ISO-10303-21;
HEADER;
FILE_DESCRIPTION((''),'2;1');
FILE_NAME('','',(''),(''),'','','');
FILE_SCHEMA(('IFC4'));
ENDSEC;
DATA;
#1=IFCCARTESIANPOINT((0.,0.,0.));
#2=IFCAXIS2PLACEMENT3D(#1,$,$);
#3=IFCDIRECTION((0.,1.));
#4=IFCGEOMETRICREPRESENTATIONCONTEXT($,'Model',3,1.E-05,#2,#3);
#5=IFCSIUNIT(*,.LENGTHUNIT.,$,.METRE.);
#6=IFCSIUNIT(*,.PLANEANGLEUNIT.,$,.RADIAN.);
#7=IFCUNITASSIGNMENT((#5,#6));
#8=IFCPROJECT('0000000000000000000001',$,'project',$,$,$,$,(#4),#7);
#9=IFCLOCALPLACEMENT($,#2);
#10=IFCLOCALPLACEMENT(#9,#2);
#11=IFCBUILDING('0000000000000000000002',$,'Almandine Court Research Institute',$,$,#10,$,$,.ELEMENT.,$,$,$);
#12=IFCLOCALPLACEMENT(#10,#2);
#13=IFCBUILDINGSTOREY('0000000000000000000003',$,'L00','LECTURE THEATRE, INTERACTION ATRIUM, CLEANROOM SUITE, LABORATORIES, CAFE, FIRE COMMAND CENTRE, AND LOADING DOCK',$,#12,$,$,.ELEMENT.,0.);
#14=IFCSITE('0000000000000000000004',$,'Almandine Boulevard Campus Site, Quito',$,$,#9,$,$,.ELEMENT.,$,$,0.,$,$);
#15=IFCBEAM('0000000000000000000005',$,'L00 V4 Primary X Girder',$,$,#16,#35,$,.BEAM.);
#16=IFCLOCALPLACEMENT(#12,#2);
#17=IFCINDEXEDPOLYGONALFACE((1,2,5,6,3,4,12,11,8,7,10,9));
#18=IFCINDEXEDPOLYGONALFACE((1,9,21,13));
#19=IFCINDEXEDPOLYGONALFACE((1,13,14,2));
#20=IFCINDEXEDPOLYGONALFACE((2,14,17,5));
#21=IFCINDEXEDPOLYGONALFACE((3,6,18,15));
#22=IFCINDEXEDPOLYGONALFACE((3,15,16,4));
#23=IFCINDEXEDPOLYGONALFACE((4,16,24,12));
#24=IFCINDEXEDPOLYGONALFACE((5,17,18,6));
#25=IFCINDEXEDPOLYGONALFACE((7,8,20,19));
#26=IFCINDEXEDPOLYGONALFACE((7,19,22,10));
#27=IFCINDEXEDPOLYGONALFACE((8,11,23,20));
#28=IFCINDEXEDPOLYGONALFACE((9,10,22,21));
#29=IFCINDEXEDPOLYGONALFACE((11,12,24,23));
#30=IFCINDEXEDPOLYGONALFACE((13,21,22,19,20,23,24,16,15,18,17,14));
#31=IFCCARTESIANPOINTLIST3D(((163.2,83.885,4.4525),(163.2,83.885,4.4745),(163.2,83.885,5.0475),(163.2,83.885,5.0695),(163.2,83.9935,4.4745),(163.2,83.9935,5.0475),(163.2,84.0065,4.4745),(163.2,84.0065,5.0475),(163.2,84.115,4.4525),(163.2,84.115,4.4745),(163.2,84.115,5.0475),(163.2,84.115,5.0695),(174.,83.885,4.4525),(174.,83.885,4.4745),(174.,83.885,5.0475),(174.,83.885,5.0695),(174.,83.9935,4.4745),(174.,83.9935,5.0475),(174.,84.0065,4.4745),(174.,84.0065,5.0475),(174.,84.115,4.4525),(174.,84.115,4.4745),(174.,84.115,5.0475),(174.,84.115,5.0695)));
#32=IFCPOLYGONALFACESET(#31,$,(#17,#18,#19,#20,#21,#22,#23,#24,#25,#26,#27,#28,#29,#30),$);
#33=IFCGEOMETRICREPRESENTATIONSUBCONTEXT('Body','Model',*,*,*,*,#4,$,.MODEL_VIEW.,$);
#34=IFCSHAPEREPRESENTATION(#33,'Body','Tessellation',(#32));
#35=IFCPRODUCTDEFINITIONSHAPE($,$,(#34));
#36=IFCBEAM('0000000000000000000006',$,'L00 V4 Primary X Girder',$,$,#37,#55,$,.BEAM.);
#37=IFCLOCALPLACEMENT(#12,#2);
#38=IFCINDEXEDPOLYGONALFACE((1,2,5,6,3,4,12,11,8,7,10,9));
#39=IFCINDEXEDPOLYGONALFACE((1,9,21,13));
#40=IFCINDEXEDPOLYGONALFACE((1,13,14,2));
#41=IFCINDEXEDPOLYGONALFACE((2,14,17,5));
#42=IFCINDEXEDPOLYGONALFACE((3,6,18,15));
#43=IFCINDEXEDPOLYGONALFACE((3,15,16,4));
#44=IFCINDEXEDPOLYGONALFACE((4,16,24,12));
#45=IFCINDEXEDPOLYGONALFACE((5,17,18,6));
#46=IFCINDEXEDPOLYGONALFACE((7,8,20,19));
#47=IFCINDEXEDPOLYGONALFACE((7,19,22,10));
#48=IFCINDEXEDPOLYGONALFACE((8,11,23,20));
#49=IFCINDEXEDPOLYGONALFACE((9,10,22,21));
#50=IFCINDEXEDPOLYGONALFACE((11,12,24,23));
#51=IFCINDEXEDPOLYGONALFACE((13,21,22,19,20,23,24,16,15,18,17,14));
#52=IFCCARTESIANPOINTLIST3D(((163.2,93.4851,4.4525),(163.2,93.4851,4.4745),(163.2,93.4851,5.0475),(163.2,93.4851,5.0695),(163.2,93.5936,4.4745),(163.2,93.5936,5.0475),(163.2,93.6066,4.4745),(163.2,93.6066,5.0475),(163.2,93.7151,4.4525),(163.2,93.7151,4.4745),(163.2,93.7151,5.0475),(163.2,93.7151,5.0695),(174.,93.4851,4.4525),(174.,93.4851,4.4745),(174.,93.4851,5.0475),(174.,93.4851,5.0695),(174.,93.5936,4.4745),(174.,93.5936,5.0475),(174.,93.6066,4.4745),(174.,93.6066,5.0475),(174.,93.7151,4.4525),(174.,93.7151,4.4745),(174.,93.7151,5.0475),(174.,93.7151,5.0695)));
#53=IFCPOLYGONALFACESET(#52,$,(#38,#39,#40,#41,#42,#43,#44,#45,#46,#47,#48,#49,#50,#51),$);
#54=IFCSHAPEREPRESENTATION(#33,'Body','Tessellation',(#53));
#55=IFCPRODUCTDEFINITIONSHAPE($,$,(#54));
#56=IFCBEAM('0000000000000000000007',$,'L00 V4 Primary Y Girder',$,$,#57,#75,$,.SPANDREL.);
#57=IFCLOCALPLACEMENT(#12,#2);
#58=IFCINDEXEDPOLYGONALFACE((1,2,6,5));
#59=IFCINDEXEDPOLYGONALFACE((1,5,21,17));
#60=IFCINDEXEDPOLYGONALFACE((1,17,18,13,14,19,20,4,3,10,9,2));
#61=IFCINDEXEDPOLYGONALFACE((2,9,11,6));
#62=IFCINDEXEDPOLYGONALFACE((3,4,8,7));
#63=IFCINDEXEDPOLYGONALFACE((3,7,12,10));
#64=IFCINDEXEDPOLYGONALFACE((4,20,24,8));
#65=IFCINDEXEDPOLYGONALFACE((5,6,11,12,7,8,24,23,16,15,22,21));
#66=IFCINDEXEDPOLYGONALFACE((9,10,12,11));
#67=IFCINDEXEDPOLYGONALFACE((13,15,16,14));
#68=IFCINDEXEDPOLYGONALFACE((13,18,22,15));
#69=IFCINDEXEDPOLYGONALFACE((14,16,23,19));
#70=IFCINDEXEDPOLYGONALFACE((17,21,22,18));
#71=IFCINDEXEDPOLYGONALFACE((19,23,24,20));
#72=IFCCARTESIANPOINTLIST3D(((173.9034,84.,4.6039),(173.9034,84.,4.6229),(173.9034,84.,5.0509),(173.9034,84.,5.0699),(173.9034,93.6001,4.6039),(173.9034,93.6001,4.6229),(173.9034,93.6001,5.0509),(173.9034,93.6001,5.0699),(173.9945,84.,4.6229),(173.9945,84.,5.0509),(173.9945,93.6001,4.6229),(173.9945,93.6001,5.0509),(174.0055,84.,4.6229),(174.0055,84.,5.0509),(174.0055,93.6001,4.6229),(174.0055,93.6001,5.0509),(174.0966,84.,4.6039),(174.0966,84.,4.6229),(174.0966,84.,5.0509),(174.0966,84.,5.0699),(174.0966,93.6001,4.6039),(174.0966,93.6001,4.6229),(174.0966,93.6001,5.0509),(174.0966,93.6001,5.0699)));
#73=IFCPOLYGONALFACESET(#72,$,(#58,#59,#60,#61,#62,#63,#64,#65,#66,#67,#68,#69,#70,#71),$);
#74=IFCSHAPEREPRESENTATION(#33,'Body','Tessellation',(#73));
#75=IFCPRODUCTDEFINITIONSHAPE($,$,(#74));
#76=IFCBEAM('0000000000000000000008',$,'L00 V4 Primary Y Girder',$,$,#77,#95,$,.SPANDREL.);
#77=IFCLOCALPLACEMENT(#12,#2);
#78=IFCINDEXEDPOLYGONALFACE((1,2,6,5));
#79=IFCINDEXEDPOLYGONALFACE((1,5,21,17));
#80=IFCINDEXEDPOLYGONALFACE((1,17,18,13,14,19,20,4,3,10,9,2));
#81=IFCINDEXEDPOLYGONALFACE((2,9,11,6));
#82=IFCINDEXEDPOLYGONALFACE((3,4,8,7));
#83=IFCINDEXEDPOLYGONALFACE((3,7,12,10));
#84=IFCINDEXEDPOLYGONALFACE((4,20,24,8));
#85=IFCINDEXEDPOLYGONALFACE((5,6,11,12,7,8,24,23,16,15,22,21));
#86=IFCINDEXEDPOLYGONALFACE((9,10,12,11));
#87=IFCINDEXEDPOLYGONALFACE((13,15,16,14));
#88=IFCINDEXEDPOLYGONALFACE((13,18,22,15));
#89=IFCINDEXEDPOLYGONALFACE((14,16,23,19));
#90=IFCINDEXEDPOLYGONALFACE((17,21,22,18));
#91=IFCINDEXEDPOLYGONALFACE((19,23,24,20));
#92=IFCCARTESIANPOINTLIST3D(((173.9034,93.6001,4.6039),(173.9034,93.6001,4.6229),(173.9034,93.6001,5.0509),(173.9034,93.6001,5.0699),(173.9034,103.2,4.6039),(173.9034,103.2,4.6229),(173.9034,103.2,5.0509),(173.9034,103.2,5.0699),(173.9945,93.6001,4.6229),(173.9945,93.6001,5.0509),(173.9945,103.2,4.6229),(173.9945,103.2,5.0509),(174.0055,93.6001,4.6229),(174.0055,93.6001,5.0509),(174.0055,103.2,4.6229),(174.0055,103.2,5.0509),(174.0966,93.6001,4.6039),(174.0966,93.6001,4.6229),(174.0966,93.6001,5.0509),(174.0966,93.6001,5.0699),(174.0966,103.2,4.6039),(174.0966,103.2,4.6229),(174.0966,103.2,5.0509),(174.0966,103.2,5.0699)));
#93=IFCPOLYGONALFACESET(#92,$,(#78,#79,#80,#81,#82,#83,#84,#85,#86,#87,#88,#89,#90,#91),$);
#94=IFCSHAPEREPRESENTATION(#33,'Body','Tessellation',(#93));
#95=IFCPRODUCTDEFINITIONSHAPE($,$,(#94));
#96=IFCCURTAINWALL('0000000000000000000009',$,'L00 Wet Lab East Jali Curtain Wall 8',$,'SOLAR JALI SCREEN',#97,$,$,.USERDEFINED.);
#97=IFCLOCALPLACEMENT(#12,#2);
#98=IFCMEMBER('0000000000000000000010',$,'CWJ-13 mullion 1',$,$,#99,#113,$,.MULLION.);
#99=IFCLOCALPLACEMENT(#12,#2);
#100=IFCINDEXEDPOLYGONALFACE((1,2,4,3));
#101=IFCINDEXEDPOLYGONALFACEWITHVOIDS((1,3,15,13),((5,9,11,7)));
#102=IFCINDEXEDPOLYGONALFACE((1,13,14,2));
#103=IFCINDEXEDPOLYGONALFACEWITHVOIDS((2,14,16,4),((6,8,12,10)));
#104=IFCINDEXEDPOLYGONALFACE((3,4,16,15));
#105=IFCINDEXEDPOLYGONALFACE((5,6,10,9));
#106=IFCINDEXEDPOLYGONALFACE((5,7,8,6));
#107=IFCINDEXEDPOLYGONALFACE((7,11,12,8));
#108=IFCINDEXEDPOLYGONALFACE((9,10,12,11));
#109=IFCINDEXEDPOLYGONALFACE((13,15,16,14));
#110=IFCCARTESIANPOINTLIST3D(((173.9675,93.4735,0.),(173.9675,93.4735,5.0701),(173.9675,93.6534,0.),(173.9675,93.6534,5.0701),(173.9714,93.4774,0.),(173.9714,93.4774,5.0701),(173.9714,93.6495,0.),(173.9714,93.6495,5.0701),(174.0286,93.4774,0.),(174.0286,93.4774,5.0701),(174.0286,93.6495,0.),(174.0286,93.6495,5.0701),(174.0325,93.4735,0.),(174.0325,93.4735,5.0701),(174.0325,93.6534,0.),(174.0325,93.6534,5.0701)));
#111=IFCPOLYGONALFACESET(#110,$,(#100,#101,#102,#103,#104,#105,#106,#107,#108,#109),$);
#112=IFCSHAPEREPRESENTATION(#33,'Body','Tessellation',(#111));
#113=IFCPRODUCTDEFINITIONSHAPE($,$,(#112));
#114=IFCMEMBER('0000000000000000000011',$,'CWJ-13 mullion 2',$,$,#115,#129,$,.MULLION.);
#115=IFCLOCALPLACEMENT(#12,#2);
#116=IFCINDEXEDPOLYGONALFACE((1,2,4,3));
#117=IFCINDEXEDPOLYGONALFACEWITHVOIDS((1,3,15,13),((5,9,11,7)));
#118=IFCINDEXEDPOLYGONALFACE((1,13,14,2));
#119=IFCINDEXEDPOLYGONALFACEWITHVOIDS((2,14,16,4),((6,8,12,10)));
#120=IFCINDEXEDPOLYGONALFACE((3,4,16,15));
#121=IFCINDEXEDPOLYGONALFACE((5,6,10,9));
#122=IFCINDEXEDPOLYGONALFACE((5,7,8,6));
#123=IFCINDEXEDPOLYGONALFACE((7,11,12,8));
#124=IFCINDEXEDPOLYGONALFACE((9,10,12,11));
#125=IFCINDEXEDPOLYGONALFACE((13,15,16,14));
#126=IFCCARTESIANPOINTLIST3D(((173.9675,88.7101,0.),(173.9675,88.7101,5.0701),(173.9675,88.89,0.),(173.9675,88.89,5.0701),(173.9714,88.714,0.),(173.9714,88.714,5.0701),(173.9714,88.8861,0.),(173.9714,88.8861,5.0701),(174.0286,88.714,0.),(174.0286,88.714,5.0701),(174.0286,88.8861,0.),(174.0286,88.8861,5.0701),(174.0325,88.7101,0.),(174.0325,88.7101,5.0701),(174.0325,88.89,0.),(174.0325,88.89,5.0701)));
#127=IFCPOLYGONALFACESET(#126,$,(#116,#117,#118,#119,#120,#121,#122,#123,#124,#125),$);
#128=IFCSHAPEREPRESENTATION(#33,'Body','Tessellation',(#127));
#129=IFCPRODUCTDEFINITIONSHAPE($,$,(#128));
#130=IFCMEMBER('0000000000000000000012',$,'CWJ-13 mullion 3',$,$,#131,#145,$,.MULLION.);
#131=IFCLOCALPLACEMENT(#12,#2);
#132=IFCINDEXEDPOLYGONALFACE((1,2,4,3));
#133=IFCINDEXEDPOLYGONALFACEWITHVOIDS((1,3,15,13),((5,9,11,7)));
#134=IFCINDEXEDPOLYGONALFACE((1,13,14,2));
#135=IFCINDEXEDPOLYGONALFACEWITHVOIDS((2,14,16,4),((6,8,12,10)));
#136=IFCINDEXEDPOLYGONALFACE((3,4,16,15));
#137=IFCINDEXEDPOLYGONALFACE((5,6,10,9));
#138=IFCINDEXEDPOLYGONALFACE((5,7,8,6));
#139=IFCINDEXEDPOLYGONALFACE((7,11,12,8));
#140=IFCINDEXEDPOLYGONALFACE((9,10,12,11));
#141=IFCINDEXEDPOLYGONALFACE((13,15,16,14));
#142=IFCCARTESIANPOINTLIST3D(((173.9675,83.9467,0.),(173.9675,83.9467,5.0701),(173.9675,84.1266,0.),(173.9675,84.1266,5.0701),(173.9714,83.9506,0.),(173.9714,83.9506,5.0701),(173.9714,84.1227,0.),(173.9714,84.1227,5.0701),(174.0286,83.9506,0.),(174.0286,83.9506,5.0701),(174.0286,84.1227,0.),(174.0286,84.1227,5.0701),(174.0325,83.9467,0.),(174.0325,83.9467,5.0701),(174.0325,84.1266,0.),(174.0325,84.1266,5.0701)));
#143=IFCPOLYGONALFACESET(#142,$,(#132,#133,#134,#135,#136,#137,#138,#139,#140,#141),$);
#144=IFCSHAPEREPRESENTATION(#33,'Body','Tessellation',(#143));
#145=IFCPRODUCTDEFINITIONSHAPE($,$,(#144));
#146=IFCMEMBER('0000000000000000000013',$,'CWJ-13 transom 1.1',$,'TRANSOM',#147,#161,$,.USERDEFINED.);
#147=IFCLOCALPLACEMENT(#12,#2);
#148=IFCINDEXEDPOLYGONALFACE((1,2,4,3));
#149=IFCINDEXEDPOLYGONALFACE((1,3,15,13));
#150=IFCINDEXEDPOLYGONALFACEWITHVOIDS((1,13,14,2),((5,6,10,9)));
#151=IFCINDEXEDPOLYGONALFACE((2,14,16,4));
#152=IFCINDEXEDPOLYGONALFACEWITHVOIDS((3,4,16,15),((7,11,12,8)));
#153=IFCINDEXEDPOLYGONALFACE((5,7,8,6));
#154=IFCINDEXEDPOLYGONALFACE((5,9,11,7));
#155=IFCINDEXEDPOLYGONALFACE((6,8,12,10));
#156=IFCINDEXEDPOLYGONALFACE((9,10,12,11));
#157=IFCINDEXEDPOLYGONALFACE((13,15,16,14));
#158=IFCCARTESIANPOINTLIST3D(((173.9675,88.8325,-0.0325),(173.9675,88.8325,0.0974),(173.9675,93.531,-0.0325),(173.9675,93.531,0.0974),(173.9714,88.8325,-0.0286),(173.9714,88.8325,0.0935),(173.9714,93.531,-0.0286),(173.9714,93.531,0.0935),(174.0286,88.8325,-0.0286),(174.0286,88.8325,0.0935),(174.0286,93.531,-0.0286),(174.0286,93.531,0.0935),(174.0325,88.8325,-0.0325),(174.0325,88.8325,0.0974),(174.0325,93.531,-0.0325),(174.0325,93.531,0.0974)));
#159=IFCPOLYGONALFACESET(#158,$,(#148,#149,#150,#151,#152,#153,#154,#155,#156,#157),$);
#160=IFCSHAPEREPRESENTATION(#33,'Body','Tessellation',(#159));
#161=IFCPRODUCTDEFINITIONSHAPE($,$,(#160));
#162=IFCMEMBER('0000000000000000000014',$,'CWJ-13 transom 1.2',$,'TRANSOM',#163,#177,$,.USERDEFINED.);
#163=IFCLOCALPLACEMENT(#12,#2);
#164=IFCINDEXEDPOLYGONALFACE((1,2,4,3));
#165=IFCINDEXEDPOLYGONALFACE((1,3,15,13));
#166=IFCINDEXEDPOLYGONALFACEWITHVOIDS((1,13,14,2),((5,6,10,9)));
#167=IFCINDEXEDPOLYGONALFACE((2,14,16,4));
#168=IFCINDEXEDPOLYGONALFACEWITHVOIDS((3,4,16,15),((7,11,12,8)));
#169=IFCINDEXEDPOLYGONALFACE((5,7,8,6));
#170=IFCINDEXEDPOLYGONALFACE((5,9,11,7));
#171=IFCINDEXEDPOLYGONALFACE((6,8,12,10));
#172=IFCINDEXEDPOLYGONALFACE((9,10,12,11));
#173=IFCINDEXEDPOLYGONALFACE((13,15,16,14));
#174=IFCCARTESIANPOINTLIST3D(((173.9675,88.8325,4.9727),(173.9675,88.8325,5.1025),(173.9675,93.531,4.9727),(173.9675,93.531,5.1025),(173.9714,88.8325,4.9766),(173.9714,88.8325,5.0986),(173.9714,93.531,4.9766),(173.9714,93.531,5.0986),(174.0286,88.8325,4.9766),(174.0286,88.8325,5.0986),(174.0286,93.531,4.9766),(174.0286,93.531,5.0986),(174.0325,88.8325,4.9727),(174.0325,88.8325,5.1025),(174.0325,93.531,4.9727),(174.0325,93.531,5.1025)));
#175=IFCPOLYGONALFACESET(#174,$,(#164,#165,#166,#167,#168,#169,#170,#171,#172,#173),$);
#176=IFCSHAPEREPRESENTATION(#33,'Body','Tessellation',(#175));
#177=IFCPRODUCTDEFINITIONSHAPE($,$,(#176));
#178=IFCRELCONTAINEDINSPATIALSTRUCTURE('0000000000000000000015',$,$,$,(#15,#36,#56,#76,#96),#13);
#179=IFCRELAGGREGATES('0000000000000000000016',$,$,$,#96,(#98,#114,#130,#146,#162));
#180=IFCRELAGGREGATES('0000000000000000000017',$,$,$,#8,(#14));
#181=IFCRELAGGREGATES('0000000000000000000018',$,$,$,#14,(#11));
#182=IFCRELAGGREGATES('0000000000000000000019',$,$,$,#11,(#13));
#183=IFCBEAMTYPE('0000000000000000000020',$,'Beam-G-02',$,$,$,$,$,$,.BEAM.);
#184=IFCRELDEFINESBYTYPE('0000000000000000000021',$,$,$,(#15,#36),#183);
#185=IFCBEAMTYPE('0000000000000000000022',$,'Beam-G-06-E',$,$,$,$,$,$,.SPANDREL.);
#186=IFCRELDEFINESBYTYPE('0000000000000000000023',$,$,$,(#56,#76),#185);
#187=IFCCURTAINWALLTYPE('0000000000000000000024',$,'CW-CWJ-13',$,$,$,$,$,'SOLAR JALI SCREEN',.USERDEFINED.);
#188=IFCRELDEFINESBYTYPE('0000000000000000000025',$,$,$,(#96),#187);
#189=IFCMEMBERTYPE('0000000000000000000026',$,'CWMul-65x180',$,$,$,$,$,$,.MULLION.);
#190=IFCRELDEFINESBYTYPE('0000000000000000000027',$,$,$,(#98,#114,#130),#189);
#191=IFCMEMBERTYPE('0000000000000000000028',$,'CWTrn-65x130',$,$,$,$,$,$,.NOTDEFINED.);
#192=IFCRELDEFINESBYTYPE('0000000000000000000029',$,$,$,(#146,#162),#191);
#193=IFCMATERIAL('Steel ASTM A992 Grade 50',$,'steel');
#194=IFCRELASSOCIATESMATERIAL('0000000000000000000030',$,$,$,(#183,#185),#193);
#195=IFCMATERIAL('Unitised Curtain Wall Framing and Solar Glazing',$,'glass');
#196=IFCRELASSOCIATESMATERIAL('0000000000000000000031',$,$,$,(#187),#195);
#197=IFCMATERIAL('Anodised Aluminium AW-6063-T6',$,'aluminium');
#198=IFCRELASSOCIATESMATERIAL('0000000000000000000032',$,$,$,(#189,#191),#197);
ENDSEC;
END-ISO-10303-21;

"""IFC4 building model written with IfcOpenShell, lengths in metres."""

from ifc_helpers import new_model, si_unit, direction, frame, origin, origin_2d, place, context, subcontext, project, spatial, hollow_rectangle, i_section, extrude, material, material_profile, profile_set, type_object, element, aggregate, save


model = new_model("IFC4")

# Units and contexts
model_context = context("Model", 3, precision=1e-05, world=origin(), true_north=direction((0.0, 1.0)))
body_context = subcontext(model_context, "Body", "Model", "MODEL_VIEW")
ifc_project = project(units=[si_unit("LENGTHUNIT", "METRE"), si_unit("PLANEANGLEUNIT", "RADIAN")], contexts=[model_context])

# Site, building, storey
site_placement = place(None, origin())
site = spatial("IfcSite", under=ifc_project, at=site_placement, Name="Almandine Boulevard Campus Site, Quito", CompositionType="ELEMENT", RefElevation=0.0)
building_placement = place(site_placement, origin())
building = spatial("IfcBuilding", under=site, at=building_placement, Name="Almandine Court Research Institute", CompositionType="ELEMENT")
storey_placement = place(building_placement, origin())
storey = spatial("IfcBuildingStorey", under=building, at=storey_placement, Name="L00", Description="LECTURE THEATRE, INTERACTION ATRIUM, CLEANROOM SUITE, LABORATORIES, CAFE, FIRE COMMAND CENTRE, AND LOADING DOCK", CompositionType="ELEMENT", Elevation=0.0)

# Shared definitions
ifc_material_1 = material(Name="Steel ASTM A992 Grade 50", Category="steel")

# Beams
ifc_material_profile_1 = material_profile(ifc_material_1, i_section(OverallWidth=0.23, OverallDepth=0.6169, WebThickness=0.0129, FlangeThickness=0.022, at=origin_2d()), Name="W610x140")
ifc_profile_set_1 = profile_set([ifc_material_profile_1], Name="Steel ASTM A992 Grade 50")
beam_type_1 = type_object("IfcBeamType", Name="Beam-G-02", PredefinedType="BEAM", material=ifc_profile_set_1)
for number, where, z_axis, x_axis, name in (
    (1, (163.2, 84.0, 4.761), (1.0, 0.0, 0.0), (0.0, 1.0, 0.0), "L00 V4 Primary X Girder"),
    (2, (163.2, 93.6001, 4.761), (1.0, 0.0, 0.0), (0.0, 1.0, 0.0), "L00 V4 Primary X Girder"),
):
    element("IfcBeam", number, at=place(storey_placement, frame(where, z_axis=z_axis, x_axis=x_axis)), inside=storey, type_object=beam_type_1, Name=name, PredefinedType="BEAM", context=body_context, shape_type="SweptSolid", body=[
        extrude(i_section(OverallWidth=0.23, OverallDepth=0.6169, WebThickness=0.0129, FlangeThickness=0.022, at=origin_2d()), origin(), (0.0, 0.0, 1.0), 10.8),
    ])
ifc_material_profile_2 = material_profile(ifc_material_1, i_section(OverallWidth=0.1931, OverallDepth=0.4661, WebThickness=0.011, FlangeThickness=0.019, at=origin_2d()), Name="W460x97")
ifc_profile_set_2 = profile_set([ifc_material_profile_2], Name="Steel ASTM A992 Grade 50")
beam_type_2 = type_object("IfcBeamType", Name="Beam-G-06-E", PredefinedType="SPANDREL", material=ifc_profile_set_2)
beam_1_placement = place(storey_placement, frame((174.0, 84.0, 4.8369), z_axis=(0.0, 1.0, 0.0), x_axis=(-1.0, 0.0, 0.0)))
element("IfcBeam", 3, at=beam_1_placement, inside=storey, type_object=beam_type_2, Name="L00 V4 Primary Y Girder", PredefinedType="SPANDREL", context=body_context, shape_type="SweptSolid", body=[
    extrude(i_section(OverallWidth=0.1931, OverallDepth=0.4661, WebThickness=0.011, FlangeThickness=0.019, at=origin_2d()), origin(), (0.0, 0.0, 1.0), 9.6001),
])
beam_2_placement = place(storey_placement, frame((174.0, 93.6001, 4.8369), z_axis=(0.0, 1.0, 0.0), x_axis=(-1.0, 0.0, 0.0)))
element("IfcBeam", 4, at=beam_2_placement, inside=storey, type_object=beam_type_2, Name="L00 V4 Primary Y Girder", PredefinedType="SPANDREL", context=body_context, shape_type="SweptSolid", body=[
    extrude(i_section(OverallWidth=0.1931, OverallDepth=0.4661, WebThickness=0.011, FlangeThickness=0.019, at=origin_2d()), origin(), (0.0, 0.0, 1.0), 9.5999),
])

# Curtain wall, members
ifc_material_2 = material(Name="Unitised Curtain Wall Framing and Solar Glazing", Category="glass")
curtain_wall_type = type_object("IfcCurtainWallType", Name="CW-CWJ-13", ElementType="SOLAR JALI SCREEN", PredefinedType="USERDEFINED", material=ifc_material_2)
curtain_wall_placement = place(storey_placement, origin())
curtain_wall = element("IfcCurtainWall", 5, at=curtain_wall_placement, inside=storey, type_object=curtain_wall_type, Name="L00 Wet Lab East Jali Curtain Wall 8", ObjectType="SOLAR JALI SCREEN", PredefinedType="USERDEFINED")
ifc_material_3 = material(Name="Anodised Aluminium AW-6063-T6", Category="aluminium")
ifc_material_profile_3 = material_profile(ifc_material_3, hollow_rectangle(XDim=0.0649, YDim=0.1799, WallThickness=0.0039, at=origin_2d()), Name="ALU RHS 65x180x4")
ifc_profile_set_3 = profile_set([ifc_material_profile_3], Name="Anodised Aluminium AW-6063-T6")
member_type_1 = type_object("IfcMemberType", Name="CWMul-65x180", PredefinedType="MULLION", material=ifc_profile_set_3)
member_1_placement = place(storey_placement, frame((174.0, 93.5635, 0.0), z_axis=(0.0, 0.0, 1.0), x_axis=(1.0, 0.0, 0.0)))
member_1 = element("IfcMember", 6, at=member_1_placement, type_object=member_type_1, Name="CWJ-13 mullion 1", PredefinedType="MULLION", context=body_context, shape_type="SweptSolid", body=[
    extrude(hollow_rectangle(XDim=0.0649, YDim=0.1799, WallThickness=0.0039, at=origin_2d()), origin(), (0.0, 0.0, 1.0), 5.0701),
])
member_2_placement = place(storey_placement, frame((174.0, 88.8, 0.0), z_axis=(0.0, 0.0, 1.0), x_axis=(1.0, 0.0, 0.0)))
member_2 = element("IfcMember", 7, at=member_2_placement, type_object=member_type_1, Name="CWJ-13 mullion 2", PredefinedType="MULLION", context=body_context, shape_type="SweptSolid", body=[
    extrude(hollow_rectangle(XDim=0.0649, YDim=0.1799, WallThickness=0.0039, at=origin_2d()), origin(), (0.0, 0.0, 1.0), 5.0701),
])
member_3_placement = place(storey_placement, frame((174.0, 84.0366, 0.0), z_axis=(0.0, 0.0, 1.0), x_axis=(1.0, 0.0, 0.0)))
member_3 = element("IfcMember", 8, at=member_3_placement, type_object=member_type_1, Name="CWJ-13 mullion 3", PredefinedType="MULLION", context=body_context, shape_type="SweptSolid", body=[
    extrude(hollow_rectangle(XDim=0.0649, YDim=0.1799, WallThickness=0.0039, at=origin_2d()), origin(), (0.0, 0.0, 1.0), 5.0701),
])
ifc_material_profile_4 = material_profile(ifc_material_3, hollow_rectangle(XDim=0.0649, YDim=0.1299, WallThickness=0.0039, at=origin_2d()), Name="ALU RHS 65x130x4")
ifc_profile_set_4 = profile_set([ifc_material_profile_4], Name="Anodised Aluminium AW-6063-T6")
member_type_2 = type_object("IfcMemberType", Name="CWTrn-65x130", PredefinedType="NOTDEFINED", material=ifc_profile_set_4)
member_4_placement = place(storey_placement, frame((174.0, 93.531, 0.0325), z_axis=(0.0, -1.0, 0.0), x_axis=(1.0, 0.0, 0.0)))
member_4 = element("IfcMember", 9, at=member_4_placement, type_object=member_type_2, Name="CWJ-13 transom 1.1", ObjectType="TRANSOM", PredefinedType="USERDEFINED", context=body_context, shape_type="SweptSolid", body=[
    extrude(hollow_rectangle(XDim=0.0649, YDim=0.1299, WallThickness=0.0039, at=origin_2d()), origin(), (0.0, 0.0, 1.0), 4.6985),
])
member_5_placement = place(storey_placement, frame((174.0, 93.531, 5.0376), z_axis=(0.0, -1.0, 0.0), x_axis=(1.0, 0.0, 0.0)))
member_5 = element("IfcMember", 10, at=member_5_placement, type_object=member_type_2, Name="CWJ-13 transom 1.2", ObjectType="TRANSOM", PredefinedType="USERDEFINED", context=body_context, shape_type="SweptSolid", body=[
    extrude(hollow_rectangle(XDim=0.0649, YDim=0.1299, WallThickness=0.0039, at=origin_2d()), origin(), (0.0, 0.0, 1.0), 4.6985),
])
aggregate(curtain_wall, [member_1, member_2, member_3, member_4, member_5])

save(model, "model.ifc")
